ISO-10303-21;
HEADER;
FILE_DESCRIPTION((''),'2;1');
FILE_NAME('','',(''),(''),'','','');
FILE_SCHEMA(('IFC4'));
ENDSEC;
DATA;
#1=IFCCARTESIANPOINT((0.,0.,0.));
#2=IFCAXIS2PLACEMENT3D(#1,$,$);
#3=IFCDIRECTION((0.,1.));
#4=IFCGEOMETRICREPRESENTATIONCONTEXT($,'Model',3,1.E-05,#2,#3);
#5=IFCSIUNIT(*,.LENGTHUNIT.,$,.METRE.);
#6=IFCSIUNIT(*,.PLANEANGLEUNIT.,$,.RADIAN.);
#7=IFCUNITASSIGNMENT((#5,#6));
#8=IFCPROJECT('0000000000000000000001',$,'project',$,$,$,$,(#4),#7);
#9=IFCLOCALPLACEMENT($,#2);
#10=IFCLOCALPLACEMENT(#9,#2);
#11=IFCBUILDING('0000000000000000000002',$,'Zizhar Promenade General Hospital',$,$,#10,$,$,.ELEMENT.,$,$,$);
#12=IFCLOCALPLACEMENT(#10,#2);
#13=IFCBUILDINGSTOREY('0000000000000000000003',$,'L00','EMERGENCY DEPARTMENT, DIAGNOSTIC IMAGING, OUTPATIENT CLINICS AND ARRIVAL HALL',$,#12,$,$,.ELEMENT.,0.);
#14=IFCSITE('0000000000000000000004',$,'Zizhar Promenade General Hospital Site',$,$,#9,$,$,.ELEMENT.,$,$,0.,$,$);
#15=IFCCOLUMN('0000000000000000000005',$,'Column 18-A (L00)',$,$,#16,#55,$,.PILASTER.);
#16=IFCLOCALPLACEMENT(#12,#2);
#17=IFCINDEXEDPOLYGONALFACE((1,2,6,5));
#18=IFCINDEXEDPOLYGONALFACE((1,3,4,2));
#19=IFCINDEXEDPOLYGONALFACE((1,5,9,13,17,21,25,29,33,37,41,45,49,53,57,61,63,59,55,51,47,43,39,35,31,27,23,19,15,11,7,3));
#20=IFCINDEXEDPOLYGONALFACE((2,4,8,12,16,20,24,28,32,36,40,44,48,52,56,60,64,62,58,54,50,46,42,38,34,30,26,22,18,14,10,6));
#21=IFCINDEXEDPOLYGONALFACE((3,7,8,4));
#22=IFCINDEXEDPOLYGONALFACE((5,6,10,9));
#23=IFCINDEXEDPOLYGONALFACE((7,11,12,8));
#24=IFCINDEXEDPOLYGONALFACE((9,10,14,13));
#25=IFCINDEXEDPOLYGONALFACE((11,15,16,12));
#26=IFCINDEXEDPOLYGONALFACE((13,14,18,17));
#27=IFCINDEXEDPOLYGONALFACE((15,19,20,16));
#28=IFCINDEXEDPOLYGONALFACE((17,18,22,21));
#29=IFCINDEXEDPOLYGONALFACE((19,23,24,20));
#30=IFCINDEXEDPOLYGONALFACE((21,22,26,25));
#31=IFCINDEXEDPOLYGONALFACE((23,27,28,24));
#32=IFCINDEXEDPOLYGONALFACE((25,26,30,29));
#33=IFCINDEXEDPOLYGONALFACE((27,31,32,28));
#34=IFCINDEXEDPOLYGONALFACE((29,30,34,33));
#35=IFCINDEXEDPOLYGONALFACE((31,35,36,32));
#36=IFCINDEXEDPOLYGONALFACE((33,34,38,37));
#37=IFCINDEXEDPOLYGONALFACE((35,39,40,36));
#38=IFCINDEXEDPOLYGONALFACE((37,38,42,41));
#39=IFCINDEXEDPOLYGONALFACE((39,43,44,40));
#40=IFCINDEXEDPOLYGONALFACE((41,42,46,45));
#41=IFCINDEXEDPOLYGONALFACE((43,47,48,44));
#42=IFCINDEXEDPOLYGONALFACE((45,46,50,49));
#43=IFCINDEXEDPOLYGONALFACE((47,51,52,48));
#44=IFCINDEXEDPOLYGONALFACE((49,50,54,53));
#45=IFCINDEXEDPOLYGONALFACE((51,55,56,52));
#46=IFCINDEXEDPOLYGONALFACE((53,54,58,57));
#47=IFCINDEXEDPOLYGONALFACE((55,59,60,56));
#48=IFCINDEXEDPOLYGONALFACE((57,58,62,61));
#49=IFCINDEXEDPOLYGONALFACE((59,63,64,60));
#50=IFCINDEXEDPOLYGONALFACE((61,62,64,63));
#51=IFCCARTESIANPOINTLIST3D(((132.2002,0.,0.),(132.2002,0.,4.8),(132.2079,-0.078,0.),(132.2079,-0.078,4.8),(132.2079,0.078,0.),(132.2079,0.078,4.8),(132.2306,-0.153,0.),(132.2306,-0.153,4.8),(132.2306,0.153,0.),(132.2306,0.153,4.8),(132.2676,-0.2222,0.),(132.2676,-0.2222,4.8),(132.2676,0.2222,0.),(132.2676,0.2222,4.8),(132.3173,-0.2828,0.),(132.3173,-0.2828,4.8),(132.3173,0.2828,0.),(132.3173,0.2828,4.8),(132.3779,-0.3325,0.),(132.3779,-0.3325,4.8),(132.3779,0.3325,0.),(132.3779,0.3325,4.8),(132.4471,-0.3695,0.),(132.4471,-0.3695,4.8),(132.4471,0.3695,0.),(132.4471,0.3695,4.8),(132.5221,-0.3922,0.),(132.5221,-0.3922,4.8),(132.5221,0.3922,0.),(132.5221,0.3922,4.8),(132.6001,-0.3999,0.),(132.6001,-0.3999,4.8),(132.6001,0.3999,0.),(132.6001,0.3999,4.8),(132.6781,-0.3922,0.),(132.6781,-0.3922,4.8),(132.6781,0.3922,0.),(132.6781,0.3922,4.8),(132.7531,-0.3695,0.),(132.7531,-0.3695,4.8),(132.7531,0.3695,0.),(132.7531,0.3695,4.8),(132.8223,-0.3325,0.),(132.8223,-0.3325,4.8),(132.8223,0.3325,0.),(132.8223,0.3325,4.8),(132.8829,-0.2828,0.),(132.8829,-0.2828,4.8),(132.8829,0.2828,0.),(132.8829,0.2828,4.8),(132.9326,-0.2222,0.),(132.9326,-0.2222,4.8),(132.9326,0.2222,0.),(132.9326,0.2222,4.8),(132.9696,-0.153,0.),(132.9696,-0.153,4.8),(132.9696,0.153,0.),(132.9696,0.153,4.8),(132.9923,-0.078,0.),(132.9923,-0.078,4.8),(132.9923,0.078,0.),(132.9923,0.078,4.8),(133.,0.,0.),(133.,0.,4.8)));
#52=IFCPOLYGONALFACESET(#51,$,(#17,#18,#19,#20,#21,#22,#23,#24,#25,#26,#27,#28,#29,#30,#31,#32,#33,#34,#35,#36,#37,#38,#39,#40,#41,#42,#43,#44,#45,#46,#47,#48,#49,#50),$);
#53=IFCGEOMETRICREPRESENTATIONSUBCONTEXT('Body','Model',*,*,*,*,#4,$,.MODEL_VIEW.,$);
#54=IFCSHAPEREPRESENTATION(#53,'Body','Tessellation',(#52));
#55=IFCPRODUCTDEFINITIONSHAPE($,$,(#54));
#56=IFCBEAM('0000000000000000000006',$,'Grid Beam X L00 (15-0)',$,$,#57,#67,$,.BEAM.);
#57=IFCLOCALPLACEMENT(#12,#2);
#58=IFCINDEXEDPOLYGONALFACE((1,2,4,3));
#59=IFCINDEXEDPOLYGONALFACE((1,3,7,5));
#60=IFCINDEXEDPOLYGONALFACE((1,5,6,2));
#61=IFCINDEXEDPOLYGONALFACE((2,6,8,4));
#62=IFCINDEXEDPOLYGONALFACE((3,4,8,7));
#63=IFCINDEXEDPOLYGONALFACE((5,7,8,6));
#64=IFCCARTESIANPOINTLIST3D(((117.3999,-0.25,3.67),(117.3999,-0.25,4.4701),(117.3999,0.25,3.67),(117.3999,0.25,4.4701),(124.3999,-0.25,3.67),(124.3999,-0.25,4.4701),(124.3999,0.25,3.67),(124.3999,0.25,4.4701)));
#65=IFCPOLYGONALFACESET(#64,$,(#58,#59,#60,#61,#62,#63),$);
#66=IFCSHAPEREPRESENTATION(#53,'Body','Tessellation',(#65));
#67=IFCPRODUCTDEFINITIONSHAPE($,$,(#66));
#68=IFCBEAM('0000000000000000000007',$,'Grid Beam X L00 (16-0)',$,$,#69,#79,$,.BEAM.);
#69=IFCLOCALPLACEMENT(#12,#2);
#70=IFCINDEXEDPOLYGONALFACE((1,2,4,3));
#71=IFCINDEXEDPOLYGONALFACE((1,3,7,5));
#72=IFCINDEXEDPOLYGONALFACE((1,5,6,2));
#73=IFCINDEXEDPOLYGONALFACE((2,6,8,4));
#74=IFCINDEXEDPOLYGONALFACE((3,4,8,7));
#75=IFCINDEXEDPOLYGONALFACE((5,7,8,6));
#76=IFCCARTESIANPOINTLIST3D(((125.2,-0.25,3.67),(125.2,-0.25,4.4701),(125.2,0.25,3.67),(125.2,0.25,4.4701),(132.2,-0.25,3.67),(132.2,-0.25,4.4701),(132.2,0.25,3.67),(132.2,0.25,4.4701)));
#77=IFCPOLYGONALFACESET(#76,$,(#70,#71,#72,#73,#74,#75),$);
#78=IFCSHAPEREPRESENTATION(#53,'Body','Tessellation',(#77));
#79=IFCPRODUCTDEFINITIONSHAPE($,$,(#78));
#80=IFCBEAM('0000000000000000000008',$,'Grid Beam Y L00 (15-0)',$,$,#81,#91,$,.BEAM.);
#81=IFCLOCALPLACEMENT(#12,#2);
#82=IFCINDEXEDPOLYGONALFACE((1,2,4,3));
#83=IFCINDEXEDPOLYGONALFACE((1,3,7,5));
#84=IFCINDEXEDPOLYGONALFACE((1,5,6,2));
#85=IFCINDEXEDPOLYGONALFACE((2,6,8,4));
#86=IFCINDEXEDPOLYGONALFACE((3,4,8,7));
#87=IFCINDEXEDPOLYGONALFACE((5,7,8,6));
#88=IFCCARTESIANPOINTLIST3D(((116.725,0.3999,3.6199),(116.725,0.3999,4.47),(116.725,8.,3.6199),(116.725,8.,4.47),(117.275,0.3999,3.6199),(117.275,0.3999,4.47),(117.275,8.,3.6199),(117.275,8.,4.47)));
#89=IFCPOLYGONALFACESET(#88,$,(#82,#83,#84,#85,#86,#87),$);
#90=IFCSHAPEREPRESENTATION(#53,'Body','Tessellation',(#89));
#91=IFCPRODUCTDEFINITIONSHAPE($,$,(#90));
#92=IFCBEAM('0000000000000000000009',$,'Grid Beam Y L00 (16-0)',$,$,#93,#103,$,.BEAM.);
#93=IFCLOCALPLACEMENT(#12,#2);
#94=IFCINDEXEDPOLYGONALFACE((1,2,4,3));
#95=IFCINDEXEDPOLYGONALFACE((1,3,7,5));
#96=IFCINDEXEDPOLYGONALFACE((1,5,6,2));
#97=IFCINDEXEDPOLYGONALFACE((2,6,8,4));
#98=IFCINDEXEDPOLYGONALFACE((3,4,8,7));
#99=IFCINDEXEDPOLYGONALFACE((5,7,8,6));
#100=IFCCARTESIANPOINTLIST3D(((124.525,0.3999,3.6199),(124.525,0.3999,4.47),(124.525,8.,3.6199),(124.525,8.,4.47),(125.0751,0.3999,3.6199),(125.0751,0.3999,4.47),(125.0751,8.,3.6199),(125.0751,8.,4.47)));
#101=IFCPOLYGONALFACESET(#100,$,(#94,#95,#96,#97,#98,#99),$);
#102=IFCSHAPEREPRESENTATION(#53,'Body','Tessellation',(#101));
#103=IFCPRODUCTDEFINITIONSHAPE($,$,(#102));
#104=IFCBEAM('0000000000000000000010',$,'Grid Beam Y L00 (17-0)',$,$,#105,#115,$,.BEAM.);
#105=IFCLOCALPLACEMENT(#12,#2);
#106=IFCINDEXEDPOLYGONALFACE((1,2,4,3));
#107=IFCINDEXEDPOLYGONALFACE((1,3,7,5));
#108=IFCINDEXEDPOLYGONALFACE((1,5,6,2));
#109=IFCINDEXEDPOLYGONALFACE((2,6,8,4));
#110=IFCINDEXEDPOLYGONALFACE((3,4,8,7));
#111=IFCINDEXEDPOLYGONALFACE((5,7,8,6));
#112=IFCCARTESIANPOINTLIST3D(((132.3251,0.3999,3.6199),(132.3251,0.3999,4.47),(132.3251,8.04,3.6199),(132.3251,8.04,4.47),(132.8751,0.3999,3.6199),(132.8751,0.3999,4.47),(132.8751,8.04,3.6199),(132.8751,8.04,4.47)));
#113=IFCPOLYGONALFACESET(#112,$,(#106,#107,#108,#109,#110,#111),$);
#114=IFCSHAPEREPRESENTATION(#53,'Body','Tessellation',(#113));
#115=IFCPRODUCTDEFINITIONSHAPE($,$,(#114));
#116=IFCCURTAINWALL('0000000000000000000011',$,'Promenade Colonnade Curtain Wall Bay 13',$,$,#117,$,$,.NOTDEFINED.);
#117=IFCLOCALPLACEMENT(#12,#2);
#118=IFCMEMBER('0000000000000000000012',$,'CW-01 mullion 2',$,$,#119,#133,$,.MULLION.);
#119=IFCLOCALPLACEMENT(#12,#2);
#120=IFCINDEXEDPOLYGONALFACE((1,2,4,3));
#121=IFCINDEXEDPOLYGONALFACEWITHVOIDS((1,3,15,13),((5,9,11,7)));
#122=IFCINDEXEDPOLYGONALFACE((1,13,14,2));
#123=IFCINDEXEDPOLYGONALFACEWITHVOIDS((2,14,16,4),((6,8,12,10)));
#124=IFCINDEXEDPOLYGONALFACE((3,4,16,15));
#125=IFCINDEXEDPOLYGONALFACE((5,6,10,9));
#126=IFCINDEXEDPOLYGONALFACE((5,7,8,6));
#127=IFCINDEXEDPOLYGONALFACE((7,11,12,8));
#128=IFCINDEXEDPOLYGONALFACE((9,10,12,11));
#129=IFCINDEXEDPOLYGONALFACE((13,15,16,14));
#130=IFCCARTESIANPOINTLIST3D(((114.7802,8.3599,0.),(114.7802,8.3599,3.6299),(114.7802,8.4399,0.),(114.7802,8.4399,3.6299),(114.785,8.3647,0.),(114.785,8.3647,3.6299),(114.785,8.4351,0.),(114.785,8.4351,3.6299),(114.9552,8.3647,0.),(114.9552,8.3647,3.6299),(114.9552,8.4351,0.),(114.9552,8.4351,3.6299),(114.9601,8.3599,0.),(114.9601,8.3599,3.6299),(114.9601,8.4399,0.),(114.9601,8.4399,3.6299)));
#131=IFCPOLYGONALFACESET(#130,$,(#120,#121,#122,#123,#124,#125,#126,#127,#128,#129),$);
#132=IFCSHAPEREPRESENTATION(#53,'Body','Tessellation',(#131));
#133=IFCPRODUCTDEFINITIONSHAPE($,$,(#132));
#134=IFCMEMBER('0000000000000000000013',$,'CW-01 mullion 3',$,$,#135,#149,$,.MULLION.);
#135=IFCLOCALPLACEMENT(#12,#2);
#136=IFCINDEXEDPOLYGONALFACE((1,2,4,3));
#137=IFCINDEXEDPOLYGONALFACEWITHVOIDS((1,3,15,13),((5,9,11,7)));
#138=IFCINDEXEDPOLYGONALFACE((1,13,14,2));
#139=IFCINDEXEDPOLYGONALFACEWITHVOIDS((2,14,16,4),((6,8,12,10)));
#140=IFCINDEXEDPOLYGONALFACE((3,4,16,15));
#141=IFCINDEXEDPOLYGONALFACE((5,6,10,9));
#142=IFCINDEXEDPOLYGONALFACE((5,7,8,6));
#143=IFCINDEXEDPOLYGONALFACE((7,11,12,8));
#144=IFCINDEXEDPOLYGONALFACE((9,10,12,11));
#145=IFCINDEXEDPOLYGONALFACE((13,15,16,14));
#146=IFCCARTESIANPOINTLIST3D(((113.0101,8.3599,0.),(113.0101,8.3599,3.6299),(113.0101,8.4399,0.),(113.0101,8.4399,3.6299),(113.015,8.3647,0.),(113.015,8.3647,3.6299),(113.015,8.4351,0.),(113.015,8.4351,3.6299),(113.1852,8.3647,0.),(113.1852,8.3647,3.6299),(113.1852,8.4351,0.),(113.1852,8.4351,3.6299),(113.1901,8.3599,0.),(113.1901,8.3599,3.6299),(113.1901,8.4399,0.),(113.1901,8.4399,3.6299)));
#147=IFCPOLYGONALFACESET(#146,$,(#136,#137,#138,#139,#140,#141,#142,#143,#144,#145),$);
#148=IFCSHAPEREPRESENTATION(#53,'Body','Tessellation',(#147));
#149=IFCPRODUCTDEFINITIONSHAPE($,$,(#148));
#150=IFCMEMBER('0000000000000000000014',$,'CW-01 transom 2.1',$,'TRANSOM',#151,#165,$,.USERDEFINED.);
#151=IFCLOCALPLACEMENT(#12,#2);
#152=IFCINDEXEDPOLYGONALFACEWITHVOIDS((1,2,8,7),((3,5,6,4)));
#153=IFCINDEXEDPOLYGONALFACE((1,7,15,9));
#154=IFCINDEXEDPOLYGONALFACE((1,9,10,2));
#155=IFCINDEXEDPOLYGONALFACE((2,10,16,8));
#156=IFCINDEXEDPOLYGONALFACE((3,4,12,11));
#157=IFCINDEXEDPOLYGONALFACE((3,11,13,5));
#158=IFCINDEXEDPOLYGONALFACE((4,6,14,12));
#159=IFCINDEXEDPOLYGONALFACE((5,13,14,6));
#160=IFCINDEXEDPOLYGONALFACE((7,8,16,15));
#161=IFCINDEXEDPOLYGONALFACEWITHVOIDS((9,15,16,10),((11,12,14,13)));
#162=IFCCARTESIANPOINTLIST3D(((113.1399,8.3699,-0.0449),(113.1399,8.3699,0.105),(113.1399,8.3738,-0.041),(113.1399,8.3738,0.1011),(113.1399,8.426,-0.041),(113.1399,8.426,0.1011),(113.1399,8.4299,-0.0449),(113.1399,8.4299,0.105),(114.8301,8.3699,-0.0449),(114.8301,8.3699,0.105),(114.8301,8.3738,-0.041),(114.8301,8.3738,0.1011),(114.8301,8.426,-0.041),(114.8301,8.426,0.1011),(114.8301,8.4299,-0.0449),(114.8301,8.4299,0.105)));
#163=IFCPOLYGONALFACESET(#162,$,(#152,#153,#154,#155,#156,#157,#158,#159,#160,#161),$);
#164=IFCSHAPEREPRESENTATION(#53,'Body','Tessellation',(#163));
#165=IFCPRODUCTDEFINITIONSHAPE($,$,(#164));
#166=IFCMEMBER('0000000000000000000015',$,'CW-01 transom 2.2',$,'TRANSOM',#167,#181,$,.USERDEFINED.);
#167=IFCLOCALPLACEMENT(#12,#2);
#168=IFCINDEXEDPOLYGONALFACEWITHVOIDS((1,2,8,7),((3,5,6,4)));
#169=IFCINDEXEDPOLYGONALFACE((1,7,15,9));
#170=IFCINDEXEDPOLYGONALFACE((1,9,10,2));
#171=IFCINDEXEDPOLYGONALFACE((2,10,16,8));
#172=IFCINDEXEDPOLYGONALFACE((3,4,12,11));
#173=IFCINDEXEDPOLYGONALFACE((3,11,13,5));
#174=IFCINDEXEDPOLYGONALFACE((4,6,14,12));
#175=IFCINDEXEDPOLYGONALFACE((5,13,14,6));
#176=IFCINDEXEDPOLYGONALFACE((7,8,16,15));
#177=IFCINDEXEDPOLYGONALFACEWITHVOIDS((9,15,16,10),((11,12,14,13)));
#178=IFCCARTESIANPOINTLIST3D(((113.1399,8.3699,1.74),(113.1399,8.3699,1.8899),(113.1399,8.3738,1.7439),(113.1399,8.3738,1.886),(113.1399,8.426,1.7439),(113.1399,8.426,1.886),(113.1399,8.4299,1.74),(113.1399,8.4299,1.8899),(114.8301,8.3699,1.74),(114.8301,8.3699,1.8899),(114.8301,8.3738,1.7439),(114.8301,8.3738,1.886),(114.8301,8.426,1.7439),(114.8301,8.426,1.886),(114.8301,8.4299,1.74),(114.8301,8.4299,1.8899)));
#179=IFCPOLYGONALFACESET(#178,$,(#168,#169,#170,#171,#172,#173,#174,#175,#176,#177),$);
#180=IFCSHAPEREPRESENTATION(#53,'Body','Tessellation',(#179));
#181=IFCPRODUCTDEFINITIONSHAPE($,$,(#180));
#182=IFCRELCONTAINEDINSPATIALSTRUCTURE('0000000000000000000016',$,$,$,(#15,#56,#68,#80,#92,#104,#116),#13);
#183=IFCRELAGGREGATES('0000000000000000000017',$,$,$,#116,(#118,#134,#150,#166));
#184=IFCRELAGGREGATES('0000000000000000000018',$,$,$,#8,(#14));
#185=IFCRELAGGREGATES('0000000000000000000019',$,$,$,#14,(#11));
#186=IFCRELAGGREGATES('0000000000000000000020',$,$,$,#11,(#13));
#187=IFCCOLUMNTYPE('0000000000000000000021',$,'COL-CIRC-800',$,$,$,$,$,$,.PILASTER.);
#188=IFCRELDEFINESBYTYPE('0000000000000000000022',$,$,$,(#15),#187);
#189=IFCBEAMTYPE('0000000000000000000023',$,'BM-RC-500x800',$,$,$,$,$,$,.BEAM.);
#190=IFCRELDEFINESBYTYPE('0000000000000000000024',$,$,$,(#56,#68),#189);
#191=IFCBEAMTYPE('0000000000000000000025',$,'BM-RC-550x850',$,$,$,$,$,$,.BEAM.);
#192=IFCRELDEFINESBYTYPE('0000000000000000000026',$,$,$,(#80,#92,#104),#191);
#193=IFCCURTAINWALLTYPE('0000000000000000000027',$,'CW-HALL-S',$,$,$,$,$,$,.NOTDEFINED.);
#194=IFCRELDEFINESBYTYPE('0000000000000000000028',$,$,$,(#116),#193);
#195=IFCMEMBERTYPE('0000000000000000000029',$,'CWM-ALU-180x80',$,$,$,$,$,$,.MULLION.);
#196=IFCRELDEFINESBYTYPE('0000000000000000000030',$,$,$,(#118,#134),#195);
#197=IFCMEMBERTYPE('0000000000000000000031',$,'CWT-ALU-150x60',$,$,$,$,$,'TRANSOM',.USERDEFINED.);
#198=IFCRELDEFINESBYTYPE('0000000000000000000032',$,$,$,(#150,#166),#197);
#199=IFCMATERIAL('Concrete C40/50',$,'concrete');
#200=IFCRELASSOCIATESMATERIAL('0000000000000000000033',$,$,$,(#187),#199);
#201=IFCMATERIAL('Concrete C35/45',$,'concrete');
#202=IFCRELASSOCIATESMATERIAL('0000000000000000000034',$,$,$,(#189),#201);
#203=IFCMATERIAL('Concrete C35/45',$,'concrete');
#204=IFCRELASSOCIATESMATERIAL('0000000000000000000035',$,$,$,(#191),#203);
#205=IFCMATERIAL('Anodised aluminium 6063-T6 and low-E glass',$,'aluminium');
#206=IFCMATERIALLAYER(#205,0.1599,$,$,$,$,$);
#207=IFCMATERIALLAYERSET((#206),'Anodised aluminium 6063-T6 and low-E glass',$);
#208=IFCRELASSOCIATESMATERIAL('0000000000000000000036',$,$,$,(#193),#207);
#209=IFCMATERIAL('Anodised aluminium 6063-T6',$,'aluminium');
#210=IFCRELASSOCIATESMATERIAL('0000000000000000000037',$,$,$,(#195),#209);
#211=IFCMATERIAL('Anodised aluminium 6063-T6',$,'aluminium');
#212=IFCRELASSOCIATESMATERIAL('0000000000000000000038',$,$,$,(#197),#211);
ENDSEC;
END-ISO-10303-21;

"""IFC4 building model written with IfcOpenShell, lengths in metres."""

from ifc_helpers import new_model, si_unit, direction, frame, origin, origin_2d, place, context, subcontext, project, spatial, rectangle, hollow_rectangle, circle, extrude, material, layer, layer_set, material_profile, profile_set, type_object, element, aggregate, save


model = new_model("IFC4")

# Units and contexts
model_context = context("Model", 3, precision=1e-05, world=origin(), true_north=direction((0.0, 1.0)))
body_context = subcontext(model_context, "Body", "Model", "MODEL_VIEW")
ifc_project = project(units=[si_unit("LENGTHUNIT", "METRE"), si_unit("PLANEANGLEUNIT", "RADIAN")], contexts=[model_context])

# Site, building, storey
site_placement = place(None, origin())
site = spatial("IfcSite", under=ifc_project, at=site_placement, Name="Zizhar Promenade General Hospital Site", CompositionType="ELEMENT", RefElevation=0.0)
building_placement = place(site_placement, origin())
building = spatial("IfcBuilding", under=site, at=building_placement, Name="Zizhar Promenade General Hospital", CompositionType="ELEMENT")
storey_placement = place(building_placement, origin())
storey = spatial("IfcBuildingStorey", under=building, at=storey_placement, Name="L00", Description="EMERGENCY DEPARTMENT, DIAGNOSTIC IMAGING, OUTPATIENT CLINICS AND ARRIVAL HALL", CompositionType="ELEMENT", Elevation=0.0)

# Column
ifc_material_1 = material(Name="Concrete C40/50", Category="concrete")
ifc_material_profile_1 = material_profile(ifc_material_1, circle(Radius=0.3999, at=origin_2d()))
ifc_profile_set_1 = profile_set([ifc_material_profile_1], Name="Concrete C40/50")
column_type_1 = type_object("IfcColumnType", Name="COL-CIRC-800", PredefinedType="PILASTER", material=ifc_profile_set_1)
for number, where, z_axis, x_axis, name in (
    (1, (132.6001, 0.0, 0.0), (0.0, 0.0, 1.0), (1.0, 0.0, 0.0), "Column 18-A (L00)"),
):
    element("IfcColumn", number, at=place(storey_placement, frame(where, z_axis=z_axis, x_axis=x_axis)), inside=storey, type_object=column_type_1, Name=name, PredefinedType="PILASTER", context=body_context, shape_type="SweptSolid", body=[
        extrude(circle(Radius=0.3999, at=origin_2d()), origin(), (0.0, 0.0, 1.0), 4.8),
    ])

# Beams
ifc_material_2 = material(Name="Concrete C35/45", Category="concrete")
ifc_material_profile_2 = material_profile(ifc_material_2, rectangle(XDim=0.5, YDim=0.8, at=origin_2d()))
ifc_profile_set_2 = profile_set([ifc_material_profile_2], Name="Concrete C35/45")
beam_type_1 = type_object("IfcBeamType", Name="BM-RC-500x800", PredefinedType="BEAM", material=ifc_profile_set_2)
for number, where, z_axis, x_axis, name in (
    (2, (117.3999, 0.0, 4.0701), (1.0, 0.0, 0.0), (0.0, 1.0, 0.0), "Grid Beam X L00 (15-0)"),
    (3, (125.2, 0.0, 4.0701), (1.0, 0.0, 0.0), (0.0, 1.0, 0.0), "Grid Beam X L00 (16-0)"),
):
    element("IfcBeam", number, at=place(storey_placement, frame(where, z_axis=z_axis, x_axis=x_axis)), inside=storey, type_object=beam_type_1, Name=name, PredefinedType="BEAM", context=body_context, shape_type="SweptSolid", body=[
        extrude(rectangle(XDim=0.5, YDim=0.8, at=origin_2d()), origin(), (0.0, 0.0, 1.0), 7.0),
    ])
ifc_material_3 = material(Name="Concrete C35/45", Category="concrete")
ifc_material_profile_3 = material_profile(ifc_material_3, rectangle(XDim=0.55, YDim=0.8501, at=origin_2d()))
ifc_profile_set_3 = profile_set([ifc_material_profile_3], Name="Concrete C35/45")
beam_type_2 = type_object("IfcBeamType", Name="BM-RC-550x850", PredefinedType="BEAM", material=ifc_profile_set_3)
for number, where, z_axis, x_axis, name in (
    (4, (117.0, 0.3999, 4.0449), (0.0, 1.0, 0.0), (-1.0, 0.0, 0.0), "Grid Beam Y L00 (15-0)"),
    (5, (124.8, 0.3999, 4.0449), (0.0, 1.0, 0.0), (-1.0, 0.0, 0.0), "Grid Beam Y L00 (16-0)"),
):
    element("IfcBeam", number, at=place(storey_placement, frame(where, z_axis=z_axis, x_axis=x_axis)), inside=storey, type_object=beam_type_2, Name=name, PredefinedType="BEAM", context=body_context, shape_type="SweptSolid", body=[
        extrude(rectangle(XDim=0.55, YDim=0.8501, at=origin_2d()), origin(), (0.0, 0.0, 1.0), 7.6001),
    ])
beam_placement = place(storey_placement, frame((132.6001, 0.3999, 4.0449), z_axis=(0.0, 1.0, 0.0), x_axis=(-1.0, 0.0, 0.0)))
element("IfcBeam", 6, at=beam_placement, inside=storey, type_object=beam_type_2, Name="Grid Beam Y L00 (17-0)", PredefinedType="BEAM", context=body_context, shape_type="SweptSolid", body=[
    extrude(rectangle(XDim=0.55, YDim=0.8501, at=origin_2d()), origin(), (0.0, 0.0, 1.0), 7.6401),
])

# Curtain wall, members
ifc_material_4 = material(Name="Anodised aluminium 6063-T6 and low-E glass", Category="aluminium")
ifc_layer_1 = layer(ifc_material_4, 0.1599)
ifc_layer_set_1 = layer_set([ifc_layer_1], Name="Anodised aluminium 6063-T6 and low-E glass")
curtain_wall_type = type_object("IfcCurtainWallType", Name="CW-HALL-S", PredefinedType="NOTDEFINED", material=ifc_layer_set_1)
curtain_wall_placement = place(storey_placement, origin())
curtain_wall = element("IfcCurtainWall", 7, at=curtain_wall_placement, inside=storey, type_object=curtain_wall_type, Name="Promenade Colonnade Curtain Wall Bay 13", PredefinedType="NOTDEFINED")
ifc_material_5 = material(Name="Anodised aluminium 6063-T6", Category="aluminium")
ifc_material_profile_4 = material_profile(ifc_material_5, hollow_rectangle(XDim=0.0801, YDim=0.1799, WallThickness=0.0049, at=origin_2d()))
ifc_profile_set_4 = profile_set([ifc_material_profile_4], Name="Anodised aluminium 6063-T6")
member_type_1 = type_object("IfcMemberType", Name="CWM-ALU-180x80", PredefinedType="MULLION", material=ifc_profile_set_4)
member_1_placement = place(storey_placement, frame((114.8701, 8.3999, 0.0), z_axis=(0.0, 0.0, 1.0), x_axis=(0.0, -1.0, 0.0)))
member_1 = element("IfcMember", 8, at=member_1_placement, type_object=member_type_1, Name="CW-01 mullion 2", PredefinedType="MULLION", context=body_context, shape_type="SweptSolid", body=[
    extrude(hollow_rectangle(XDim=0.0801, YDim=0.1799, WallThickness=0.0049, at=origin_2d()), origin(), (0.0, 0.0, 1.0), 3.6299),
])
member_2_placement = place(storey_placement, frame((113.1001, 8.3999, 0.0), z_axis=(0.0, 0.0, 1.0), x_axis=(0.0, -1.0, 0.0)))
member_2 = element("IfcMember", 9, at=member_2_placement, type_object=member_type_1, Name="CW-01 mullion 3", PredefinedType="MULLION", context=body_context, shape_type="SweptSolid", body=[
    extrude(hollow_rectangle(XDim=0.0801, YDim=0.1799, WallThickness=0.0049, at=origin_2d()), origin(), (0.0, 0.0, 1.0), 3.6299),
])
ifc_material_6 = material(Name="Anodised aluminium 6063-T6", Category="aluminium")
ifc_material_profile_5 = material_profile(ifc_material_6, hollow_rectangle(XDim=0.0601, YDim=0.1499, WallThickness=0.0039, at=origin_2d()))
ifc_profile_set_5 = profile_set([ifc_material_profile_5], Name="Anodised aluminium 6063-T6")
member_type_2 = type_object("IfcMemberType", Name="CWT-ALU-150x60", ElementType="TRANSOM", PredefinedType="USERDEFINED", material=ifc_profile_set_5)
member_3_placement = place(storey_placement, frame((114.8301, 8.3999, 0.03), z_axis=(-1.0, 0.0, 0.0), x_axis=(0.0, -1.0, 0.0)))
member_3 = element("IfcMember", 10, at=member_3_placement, type_object=member_type_2, Name="CW-01 transom 2.1", ObjectType="TRANSOM", PredefinedType="USERDEFINED", context=body_context, shape_type="SweptSolid", body=[
    extrude(hollow_rectangle(XDim=0.0601, YDim=0.1499, WallThickness=0.0039, at=origin_2d()), origin(), (0.0, 0.0, 1.0), 1.6902),
])
member_4_placement = place(storey_placement, frame((114.8301, 8.3999, 1.8149), z_axis=(-1.0, 0.0, 0.0), x_axis=(0.0, -1.0, 0.0)))
member_4 = element("IfcMember", 11, at=member_4_placement, type_object=member_type_2, Name="CW-01 transom 2.2", ObjectType="TRANSOM", PredefinedType="USERDEFINED", context=body_context, shape_type="SweptSolid", body=[
    extrude(hollow_rectangle(XDim=0.0601, YDim=0.1499, WallThickness=0.0039, at=origin_2d()), origin(), (0.0, 0.0, 1.0), 1.6902),
])
aggregate(curtain_wall, [member_1, member_2, member_3, member_4])

save(model, "model.ifc")
